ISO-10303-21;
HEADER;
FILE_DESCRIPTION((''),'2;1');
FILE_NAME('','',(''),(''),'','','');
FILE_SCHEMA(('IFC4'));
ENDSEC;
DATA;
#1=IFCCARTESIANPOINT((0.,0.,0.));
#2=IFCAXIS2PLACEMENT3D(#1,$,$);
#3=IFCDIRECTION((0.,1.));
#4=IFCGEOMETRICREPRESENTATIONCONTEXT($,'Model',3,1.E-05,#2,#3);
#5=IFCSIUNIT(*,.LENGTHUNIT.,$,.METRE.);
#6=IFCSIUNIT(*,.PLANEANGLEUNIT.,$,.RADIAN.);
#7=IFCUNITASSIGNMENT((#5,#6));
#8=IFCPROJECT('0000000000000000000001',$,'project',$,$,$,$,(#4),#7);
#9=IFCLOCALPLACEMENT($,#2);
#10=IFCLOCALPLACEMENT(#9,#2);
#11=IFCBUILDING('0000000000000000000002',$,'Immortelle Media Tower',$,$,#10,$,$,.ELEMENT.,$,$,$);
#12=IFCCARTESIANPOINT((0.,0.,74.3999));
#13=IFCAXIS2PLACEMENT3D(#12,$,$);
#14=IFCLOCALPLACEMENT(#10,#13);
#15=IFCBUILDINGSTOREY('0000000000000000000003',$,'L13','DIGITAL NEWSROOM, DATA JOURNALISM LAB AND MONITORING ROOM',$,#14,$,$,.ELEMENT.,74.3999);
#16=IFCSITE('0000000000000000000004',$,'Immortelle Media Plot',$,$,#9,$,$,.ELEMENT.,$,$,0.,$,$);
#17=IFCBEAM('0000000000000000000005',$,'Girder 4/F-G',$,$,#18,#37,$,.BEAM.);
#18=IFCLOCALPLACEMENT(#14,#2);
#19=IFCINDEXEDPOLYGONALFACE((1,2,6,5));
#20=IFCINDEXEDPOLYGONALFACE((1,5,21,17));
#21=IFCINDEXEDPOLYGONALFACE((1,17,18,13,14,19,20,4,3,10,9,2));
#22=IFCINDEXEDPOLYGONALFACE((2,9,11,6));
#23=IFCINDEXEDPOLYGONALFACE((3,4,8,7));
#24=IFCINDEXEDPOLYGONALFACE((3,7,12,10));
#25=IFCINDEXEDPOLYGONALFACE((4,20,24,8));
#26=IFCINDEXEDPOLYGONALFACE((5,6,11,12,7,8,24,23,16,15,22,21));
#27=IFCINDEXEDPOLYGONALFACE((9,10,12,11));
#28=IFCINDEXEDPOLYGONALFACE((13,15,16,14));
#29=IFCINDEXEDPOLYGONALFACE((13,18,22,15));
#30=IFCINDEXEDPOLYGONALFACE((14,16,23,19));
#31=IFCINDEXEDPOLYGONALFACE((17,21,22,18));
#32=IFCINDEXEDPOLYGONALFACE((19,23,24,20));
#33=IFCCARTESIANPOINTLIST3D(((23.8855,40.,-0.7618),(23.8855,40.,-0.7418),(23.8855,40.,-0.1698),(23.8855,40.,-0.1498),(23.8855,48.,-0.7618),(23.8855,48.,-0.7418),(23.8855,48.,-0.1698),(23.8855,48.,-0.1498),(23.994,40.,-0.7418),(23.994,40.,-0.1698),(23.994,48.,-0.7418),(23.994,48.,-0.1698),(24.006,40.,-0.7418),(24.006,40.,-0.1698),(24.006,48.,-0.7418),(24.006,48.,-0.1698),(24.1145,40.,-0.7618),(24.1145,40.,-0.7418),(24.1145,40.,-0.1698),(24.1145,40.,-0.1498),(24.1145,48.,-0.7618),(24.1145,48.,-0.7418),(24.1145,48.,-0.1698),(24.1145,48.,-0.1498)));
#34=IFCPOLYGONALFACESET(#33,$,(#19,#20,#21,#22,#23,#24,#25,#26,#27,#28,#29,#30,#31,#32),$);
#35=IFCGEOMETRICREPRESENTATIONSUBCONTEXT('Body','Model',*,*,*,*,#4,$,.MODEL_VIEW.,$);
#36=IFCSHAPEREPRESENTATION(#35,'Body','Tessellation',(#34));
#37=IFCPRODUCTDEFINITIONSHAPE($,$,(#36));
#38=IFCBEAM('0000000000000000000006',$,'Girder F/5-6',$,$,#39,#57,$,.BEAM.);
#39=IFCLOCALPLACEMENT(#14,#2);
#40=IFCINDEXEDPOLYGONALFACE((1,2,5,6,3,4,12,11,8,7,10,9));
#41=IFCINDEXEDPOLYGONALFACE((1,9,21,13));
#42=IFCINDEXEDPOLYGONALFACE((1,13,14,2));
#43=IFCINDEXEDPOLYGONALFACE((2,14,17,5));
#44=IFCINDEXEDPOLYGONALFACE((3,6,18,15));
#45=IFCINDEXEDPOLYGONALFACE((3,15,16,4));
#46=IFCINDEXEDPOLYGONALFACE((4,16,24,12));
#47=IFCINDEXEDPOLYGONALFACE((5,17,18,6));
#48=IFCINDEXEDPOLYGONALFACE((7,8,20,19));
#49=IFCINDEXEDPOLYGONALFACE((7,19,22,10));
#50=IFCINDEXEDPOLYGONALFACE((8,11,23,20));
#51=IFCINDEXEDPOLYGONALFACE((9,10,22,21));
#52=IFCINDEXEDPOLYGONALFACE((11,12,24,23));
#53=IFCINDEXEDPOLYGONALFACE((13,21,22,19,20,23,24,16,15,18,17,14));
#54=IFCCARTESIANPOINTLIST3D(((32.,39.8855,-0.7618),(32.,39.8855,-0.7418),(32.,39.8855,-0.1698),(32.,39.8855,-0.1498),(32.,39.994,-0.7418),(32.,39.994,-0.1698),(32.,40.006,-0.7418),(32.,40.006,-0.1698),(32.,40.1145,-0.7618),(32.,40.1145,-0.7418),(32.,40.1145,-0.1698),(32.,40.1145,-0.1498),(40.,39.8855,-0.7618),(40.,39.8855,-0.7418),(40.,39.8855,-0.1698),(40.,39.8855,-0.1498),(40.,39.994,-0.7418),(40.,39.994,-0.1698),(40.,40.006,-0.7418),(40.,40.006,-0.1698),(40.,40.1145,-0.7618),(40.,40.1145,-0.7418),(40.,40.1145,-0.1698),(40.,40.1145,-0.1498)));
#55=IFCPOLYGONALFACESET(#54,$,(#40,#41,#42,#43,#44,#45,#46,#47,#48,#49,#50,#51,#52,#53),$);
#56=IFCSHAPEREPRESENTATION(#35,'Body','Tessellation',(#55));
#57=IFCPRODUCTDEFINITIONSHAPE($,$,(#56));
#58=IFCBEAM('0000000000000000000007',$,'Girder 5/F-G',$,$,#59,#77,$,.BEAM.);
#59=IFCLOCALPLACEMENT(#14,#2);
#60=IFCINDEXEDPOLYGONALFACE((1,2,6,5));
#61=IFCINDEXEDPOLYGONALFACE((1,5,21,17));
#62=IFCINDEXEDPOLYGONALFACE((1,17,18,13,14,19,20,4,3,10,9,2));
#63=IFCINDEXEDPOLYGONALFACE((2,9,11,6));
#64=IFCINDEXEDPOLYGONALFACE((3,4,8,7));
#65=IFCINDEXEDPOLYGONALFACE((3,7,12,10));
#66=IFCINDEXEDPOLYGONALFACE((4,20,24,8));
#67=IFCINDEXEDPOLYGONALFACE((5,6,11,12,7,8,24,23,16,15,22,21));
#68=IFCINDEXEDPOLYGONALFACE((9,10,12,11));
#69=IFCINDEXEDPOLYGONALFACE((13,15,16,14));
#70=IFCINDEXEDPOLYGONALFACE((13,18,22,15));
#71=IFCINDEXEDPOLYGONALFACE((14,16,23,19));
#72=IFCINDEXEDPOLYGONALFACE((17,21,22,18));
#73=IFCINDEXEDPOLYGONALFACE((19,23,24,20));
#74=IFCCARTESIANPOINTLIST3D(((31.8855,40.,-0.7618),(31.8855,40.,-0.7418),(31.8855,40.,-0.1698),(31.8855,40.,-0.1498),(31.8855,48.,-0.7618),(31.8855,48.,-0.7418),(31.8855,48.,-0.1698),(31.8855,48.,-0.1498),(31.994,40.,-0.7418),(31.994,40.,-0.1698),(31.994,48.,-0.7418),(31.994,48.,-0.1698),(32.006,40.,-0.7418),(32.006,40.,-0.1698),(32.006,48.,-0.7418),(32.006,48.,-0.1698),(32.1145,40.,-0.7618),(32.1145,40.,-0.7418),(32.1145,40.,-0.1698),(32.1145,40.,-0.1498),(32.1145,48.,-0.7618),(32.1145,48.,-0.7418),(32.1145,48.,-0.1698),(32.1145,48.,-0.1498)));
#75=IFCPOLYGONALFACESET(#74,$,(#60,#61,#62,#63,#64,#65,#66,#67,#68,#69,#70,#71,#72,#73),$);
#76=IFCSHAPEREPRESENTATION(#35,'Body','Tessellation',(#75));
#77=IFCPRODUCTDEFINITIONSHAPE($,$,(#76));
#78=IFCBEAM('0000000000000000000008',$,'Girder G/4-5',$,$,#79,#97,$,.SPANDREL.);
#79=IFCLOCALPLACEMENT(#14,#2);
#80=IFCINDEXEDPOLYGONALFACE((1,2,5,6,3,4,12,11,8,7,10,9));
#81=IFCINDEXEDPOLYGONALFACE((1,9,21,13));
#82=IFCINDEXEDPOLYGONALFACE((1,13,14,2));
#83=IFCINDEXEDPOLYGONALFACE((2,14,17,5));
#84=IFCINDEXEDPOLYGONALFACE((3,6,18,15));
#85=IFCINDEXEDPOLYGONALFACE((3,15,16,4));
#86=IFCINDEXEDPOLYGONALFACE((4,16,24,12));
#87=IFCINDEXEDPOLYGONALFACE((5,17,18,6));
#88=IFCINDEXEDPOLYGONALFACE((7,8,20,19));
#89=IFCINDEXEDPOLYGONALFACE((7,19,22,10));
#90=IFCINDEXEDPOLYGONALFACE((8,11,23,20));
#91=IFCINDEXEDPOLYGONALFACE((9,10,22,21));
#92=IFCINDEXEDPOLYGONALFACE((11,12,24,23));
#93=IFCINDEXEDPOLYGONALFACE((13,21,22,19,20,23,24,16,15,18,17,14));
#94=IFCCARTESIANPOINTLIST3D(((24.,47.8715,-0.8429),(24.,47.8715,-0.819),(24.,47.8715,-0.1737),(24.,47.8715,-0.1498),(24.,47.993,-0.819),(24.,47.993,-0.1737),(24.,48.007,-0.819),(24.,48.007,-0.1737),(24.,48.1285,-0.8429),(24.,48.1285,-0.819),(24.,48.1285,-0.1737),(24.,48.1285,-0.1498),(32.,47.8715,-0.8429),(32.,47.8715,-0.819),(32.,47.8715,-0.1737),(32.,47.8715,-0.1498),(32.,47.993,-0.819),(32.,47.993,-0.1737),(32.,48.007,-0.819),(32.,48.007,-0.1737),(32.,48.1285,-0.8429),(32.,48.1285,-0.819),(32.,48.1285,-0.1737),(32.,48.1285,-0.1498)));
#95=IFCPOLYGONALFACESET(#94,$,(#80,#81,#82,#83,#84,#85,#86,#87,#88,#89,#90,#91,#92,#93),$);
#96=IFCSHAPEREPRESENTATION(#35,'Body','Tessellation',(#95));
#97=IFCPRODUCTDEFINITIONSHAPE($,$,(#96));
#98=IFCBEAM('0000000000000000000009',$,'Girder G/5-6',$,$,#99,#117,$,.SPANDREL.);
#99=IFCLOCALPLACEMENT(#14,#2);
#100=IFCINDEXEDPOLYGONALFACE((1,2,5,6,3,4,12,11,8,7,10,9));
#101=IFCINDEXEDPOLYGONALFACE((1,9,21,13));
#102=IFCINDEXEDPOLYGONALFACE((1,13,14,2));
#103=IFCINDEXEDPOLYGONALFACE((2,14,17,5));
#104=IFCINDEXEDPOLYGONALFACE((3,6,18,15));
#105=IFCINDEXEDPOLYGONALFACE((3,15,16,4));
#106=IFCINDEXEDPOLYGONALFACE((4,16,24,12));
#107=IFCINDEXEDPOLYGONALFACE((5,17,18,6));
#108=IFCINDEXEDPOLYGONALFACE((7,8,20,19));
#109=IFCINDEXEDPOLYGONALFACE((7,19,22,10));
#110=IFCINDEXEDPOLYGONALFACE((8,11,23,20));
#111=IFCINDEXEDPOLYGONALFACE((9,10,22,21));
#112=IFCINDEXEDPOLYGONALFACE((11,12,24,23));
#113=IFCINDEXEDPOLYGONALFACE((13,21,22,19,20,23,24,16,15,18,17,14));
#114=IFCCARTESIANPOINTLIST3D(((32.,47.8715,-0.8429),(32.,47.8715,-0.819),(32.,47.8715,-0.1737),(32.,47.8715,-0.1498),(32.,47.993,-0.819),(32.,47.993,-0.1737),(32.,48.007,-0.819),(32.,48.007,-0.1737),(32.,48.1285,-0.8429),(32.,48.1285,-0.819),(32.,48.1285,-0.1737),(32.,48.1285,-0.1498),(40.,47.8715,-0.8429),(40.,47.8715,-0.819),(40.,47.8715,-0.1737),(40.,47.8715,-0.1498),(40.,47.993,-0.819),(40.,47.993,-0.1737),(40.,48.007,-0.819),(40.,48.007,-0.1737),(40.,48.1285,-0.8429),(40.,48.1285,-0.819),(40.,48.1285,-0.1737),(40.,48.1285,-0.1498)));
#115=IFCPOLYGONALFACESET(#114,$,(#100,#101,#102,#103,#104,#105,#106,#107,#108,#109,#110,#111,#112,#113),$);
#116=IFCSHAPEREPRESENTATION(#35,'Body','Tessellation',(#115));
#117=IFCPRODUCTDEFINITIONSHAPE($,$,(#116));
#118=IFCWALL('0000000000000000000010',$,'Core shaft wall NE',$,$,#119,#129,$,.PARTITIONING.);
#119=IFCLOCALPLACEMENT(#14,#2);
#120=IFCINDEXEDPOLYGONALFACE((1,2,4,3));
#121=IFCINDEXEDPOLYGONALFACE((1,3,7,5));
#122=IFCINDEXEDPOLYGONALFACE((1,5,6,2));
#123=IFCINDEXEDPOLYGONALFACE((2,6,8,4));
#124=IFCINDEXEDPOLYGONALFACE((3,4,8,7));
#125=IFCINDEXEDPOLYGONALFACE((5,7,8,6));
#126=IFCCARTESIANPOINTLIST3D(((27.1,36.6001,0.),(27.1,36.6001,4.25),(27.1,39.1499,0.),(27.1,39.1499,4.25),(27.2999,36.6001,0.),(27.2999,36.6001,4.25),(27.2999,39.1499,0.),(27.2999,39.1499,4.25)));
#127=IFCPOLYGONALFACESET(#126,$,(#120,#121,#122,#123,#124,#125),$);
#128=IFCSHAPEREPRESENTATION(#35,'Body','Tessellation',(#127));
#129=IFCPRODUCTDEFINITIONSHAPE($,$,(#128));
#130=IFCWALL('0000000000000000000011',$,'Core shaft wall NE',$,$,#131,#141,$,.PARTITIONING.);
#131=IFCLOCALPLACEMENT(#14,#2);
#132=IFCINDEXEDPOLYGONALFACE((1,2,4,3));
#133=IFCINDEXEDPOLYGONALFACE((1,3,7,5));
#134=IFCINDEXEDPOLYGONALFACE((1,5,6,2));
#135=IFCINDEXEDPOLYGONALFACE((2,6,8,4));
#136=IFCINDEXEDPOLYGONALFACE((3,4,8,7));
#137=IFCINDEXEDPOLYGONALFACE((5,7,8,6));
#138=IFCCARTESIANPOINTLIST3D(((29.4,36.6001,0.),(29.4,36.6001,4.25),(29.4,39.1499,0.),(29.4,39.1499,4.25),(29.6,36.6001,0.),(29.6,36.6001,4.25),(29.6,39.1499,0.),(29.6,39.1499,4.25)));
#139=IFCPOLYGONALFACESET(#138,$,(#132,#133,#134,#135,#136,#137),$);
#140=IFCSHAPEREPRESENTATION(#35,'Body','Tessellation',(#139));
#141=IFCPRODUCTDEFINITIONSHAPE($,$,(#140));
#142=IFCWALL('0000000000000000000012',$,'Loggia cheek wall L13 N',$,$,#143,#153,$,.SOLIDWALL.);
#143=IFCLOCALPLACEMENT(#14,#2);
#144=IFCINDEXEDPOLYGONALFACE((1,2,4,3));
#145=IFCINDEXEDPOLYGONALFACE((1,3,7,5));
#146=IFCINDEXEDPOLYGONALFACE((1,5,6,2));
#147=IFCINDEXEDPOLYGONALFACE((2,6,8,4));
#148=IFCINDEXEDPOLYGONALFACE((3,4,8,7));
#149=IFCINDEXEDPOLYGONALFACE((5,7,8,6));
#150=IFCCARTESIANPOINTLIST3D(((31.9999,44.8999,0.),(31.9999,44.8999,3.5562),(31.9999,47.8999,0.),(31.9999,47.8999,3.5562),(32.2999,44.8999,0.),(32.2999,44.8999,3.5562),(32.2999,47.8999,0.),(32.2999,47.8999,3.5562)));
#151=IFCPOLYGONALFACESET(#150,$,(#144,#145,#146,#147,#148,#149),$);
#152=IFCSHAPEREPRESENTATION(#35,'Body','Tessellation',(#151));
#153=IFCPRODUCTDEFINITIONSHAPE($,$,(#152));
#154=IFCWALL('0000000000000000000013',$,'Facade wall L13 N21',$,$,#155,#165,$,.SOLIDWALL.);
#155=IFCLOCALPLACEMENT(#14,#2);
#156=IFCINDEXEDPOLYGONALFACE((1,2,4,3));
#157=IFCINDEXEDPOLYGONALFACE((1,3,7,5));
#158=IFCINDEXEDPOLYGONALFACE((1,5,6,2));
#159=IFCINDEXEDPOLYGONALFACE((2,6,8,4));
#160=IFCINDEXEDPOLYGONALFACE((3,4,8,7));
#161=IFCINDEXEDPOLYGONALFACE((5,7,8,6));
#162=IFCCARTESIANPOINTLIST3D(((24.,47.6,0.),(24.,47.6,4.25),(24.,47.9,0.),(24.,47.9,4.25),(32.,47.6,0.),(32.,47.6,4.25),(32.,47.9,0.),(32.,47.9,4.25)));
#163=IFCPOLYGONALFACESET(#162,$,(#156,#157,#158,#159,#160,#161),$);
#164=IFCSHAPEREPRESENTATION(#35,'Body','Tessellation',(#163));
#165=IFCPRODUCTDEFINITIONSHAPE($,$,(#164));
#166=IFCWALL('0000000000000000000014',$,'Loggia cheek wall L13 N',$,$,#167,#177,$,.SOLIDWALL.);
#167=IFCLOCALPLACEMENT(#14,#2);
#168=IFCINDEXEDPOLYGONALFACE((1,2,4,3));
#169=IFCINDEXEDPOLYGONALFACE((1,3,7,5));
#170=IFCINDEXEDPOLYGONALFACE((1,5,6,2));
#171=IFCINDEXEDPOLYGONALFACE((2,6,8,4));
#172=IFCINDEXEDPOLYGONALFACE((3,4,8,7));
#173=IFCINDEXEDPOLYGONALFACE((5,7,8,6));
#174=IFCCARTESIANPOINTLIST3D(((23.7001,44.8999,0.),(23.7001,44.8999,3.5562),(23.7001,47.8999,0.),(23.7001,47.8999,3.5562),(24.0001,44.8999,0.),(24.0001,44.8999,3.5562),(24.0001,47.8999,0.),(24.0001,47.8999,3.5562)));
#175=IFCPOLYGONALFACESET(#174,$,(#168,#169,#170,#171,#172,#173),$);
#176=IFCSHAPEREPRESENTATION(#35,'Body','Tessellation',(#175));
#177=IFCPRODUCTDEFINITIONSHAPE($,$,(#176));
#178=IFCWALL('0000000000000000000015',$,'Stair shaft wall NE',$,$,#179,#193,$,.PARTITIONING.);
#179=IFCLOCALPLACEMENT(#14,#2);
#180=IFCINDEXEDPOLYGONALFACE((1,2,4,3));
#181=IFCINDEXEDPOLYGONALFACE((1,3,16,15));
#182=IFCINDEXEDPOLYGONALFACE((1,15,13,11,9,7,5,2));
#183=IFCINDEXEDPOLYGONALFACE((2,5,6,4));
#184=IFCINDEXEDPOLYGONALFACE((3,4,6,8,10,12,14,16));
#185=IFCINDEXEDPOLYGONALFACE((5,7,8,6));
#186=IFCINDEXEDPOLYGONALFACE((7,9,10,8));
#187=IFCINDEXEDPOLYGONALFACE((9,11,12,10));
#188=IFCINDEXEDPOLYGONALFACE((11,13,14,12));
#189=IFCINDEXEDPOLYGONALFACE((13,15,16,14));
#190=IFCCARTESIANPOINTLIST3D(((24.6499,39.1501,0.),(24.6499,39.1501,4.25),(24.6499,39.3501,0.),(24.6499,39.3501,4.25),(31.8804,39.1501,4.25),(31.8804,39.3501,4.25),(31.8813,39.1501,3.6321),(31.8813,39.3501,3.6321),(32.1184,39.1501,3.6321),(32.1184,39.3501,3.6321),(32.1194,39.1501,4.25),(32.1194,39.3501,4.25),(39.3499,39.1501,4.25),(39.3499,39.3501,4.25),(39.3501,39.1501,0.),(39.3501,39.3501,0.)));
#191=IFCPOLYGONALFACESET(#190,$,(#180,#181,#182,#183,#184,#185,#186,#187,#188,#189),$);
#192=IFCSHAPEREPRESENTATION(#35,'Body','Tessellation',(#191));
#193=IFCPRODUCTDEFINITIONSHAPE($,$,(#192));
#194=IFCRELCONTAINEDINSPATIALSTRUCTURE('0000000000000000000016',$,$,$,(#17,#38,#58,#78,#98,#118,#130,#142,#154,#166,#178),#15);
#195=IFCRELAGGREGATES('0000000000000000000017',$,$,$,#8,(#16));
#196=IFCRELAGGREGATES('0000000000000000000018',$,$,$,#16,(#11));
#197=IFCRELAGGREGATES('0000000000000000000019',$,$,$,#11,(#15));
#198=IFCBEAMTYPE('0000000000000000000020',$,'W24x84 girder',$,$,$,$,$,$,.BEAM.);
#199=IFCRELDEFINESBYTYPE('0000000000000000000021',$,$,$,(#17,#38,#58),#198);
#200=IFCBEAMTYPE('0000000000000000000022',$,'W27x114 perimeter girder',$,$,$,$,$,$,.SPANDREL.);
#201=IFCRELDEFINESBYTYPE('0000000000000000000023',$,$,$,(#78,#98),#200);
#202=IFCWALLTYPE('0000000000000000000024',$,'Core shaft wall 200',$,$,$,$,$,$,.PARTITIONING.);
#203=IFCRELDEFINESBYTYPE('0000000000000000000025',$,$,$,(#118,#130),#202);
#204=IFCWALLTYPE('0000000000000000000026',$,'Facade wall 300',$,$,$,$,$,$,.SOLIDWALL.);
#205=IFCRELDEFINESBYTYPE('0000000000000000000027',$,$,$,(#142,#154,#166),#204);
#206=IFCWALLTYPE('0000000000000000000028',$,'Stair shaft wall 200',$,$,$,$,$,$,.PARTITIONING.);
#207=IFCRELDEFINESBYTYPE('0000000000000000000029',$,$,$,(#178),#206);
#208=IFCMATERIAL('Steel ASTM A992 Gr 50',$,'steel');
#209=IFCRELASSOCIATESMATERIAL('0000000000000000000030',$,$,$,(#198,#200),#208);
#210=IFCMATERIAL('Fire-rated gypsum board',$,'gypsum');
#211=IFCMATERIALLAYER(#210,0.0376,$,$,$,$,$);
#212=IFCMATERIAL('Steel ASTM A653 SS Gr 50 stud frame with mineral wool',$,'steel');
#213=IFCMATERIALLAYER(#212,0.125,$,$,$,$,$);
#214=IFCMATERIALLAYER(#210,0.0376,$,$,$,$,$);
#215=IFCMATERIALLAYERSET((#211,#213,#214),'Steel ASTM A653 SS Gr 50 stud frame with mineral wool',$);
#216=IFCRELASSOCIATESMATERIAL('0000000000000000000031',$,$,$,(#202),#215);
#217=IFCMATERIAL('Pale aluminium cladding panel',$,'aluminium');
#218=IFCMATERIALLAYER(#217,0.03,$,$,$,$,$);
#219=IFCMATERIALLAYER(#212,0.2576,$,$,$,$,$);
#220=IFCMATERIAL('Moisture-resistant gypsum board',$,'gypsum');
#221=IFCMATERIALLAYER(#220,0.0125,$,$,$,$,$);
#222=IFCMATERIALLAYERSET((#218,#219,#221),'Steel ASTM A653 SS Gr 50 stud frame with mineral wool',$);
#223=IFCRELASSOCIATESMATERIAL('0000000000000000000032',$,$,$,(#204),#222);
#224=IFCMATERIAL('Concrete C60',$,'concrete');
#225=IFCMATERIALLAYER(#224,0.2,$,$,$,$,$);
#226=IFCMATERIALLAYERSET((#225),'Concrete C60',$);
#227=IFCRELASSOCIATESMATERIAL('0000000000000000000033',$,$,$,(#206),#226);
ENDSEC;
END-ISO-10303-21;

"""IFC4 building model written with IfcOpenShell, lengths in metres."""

from ifc_helpers import new_model, si_unit, direction, frame, frame_2d, origin, origin_2d, place, context, subcontext, project, spatial, polyline, rectangle, i_section, outline, extrude, material, layer, layer_set, material_profile, profile_set, type_object, element, save


model = new_model("IFC4")

# Units and contexts
model_context = context("Model", 3, precision=1e-05, world=origin(), true_north=direction((0.0, 1.0)))
body_context = subcontext(model_context, "Body", "Model", "MODEL_VIEW")
ifc_project = project(units=[si_unit("LENGTHUNIT", "METRE"), si_unit("PLANEANGLEUNIT", "RADIAN")], contexts=[model_context])

# Site, building, storey
site_placement = place(None, origin())
site = spatial("IfcSite", under=ifc_project, at=site_placement, Name="Immortelle Media Plot", CompositionType="ELEMENT", RefElevation=0.0)
building_placement = place(site_placement, origin())
building = spatial("IfcBuilding", under=site, at=building_placement, Name="Immortelle Media Tower", CompositionType="ELEMENT")
storey_placement = place(building_placement, frame((0.0, 0.0, 74.3999)))
storey = spatial("IfcBuildingStorey", under=building, at=storey_placement, Name="L13", Description="DIGITAL NEWSROOM, DATA JOURNALISM LAB AND MONITORING ROOM", CompositionType="ELEMENT", Elevation=74.3999)

# Shared definitions
ifc_material_1 = material(Name="Steel ASTM A992 Gr 50", Category="steel")

# Beams
ifc_material_profile_1 = material_profile(ifc_material_1, i_section(OverallWidth=0.229, OverallDepth=0.6121, WebThickness=0.012, FlangeThickness=0.02, at=origin_2d()), Name="W24x84")
ifc_profile_set_1 = profile_set([ifc_material_profile_1], Name="Steel ASTM A992 Gr 50")
beam_type_1 = type_object("IfcBeamType", Name="W24x84 girder", PredefinedType="BEAM", material=ifc_profile_set_1)
for number, where, z_axis, x_axis, name in (
    (1, (24.0, 40.0, -0.4558), (0.0, 1.0, 0.0), (-1.0, 0.0, 0.0), "Girder 4/F-G"),
    (2, (32.0, 40.0, -0.4558), (1.0, 0.0, 0.0), (0.0, 1.0, 0.0), "Girder F/5-6"),
    (3, (32.0, 40.0, -0.4558), (0.0, 1.0, 0.0), (-1.0, 0.0, 0.0), "Girder 5/F-G"),
):
    element("IfcBeam", number, at=place(storey_placement, frame(where, z_axis=z_axis, x_axis=x_axis)), inside=storey, type_object=beam_type_1, Name=name, PredefinedType="BEAM", context=body_context, shape_type="SweptSolid", body=[
        extrude(i_section(OverallWidth=0.229, OverallDepth=0.6121, WebThickness=0.012, FlangeThickness=0.02, at=origin_2d()), origin(), (0.0, 0.0, 1.0), 8.0),
    ])
ifc_material_profile_2 = material_profile(ifc_material_1, i_section(OverallWidth=0.2571, OverallDepth=0.6931, WebThickness=0.0139, FlangeThickness=0.0239, at=origin_2d()), Name="W27x114")
ifc_profile_set_2 = profile_set([ifc_material_profile_2], Name="Steel ASTM A992 Gr 50")
beam_type_2 = type_object("IfcBeamType", Name="W27x114 perimeter girder", PredefinedType="SPANDREL", material=ifc_profile_set_2)
for number, where, z_axis, x_axis, name in (
    (4, (24.0, 48.0, -0.4963), (1.0, 0.0, 0.0), (0.0, 1.0, 0.0), "Girder G/4-5"),
    (5, (32.0, 48.0, -0.4963), (1.0, 0.0, 0.0), (0.0, 1.0, 0.0), "Girder G/5-6"),
):
    element("IfcBeam", number, at=place(storey_placement, frame(where, z_axis=z_axis, x_axis=x_axis)), inside=storey, type_object=beam_type_2, Name=name, PredefinedType="SPANDREL", context=body_context, shape_type="SweptSolid", body=[
        extrude(i_section(OverallWidth=0.2571, OverallDepth=0.6931, WebThickness=0.0139, FlangeThickness=0.0239, at=origin_2d()), origin(), (0.0, 0.0, 1.0), 8.0),
    ])

# Walls
ifc_material_2 = material(Name="Fire-rated gypsum board", Category="gypsum")
ifc_layer_1 = layer(ifc_material_2, 0.0376)
ifc_material_3 = material(Name="Steel ASTM A653 SS Gr 50 stud frame with mineral wool", Category="steel")
ifc_layer_2 = layer(ifc_material_3, 0.125)
ifc_layer_3 = layer(ifc_material_2, 0.0376)
ifc_layer_set_1 = layer_set([ifc_layer_1, ifc_layer_2, ifc_layer_3], Name="Steel ASTM A653 SS Gr 50 stud frame with mineral wool")
wall_type_1 = type_object("IfcWallType", Name="Core shaft wall 200", PredefinedType="PARTITIONING", material=ifc_layer_set_1)
for number, where, z_axis, x_axis, name in (
    (6, (27.2, 36.6001, 0.0), (0.0, 0.0, 1.0), (0.0, 1.0, 0.0), "Core shaft wall NE"),
    (7, (29.5, 36.6001, 0.0), (0.0, 0.0, 1.0), (0.0, 1.0, 0.0), "Core shaft wall NE"),
):
    element("IfcWall", number, at=place(storey_placement, frame(where, z_axis=z_axis, x_axis=x_axis)), inside=storey, type_object=wall_type_1, Name=name, PredefinedType="PARTITIONING", context=body_context, shape_type="SweptSolid", body=[
        extrude(rectangle(XDim=2.5498, YDim=0.2, at=frame_2d((1.2749, 0.0))), origin(), (0.0, 0.0, 1.0), 4.25),
    ])
ifc_material_4 = material(Name="Pale aluminium cladding panel", Category="aluminium")
ifc_layer_4 = layer(ifc_material_4, 0.03)
ifc_layer_5 = layer(ifc_material_3, 0.2576)
ifc_material_5 = material(Name="Moisture-resistant gypsum board", Category="gypsum")
ifc_layer_6 = layer(ifc_material_5, 0.0125)
ifc_layer_set_2 = layer_set([ifc_layer_4, ifc_layer_5, ifc_layer_6], Name="Steel ASTM A653 SS Gr 50 stud frame with mineral wool")
wall_type_2 = type_object("IfcWallType", Name="Facade wall 300", PredefinedType="SOLIDWALL", material=ifc_layer_set_2)
wall_1_placement = place(storey_placement, frame((32.1499, 47.8999, 0.0), z_axis=(0.0, 0.0, 1.0), x_axis=(0.0, -1.0, 0.0)))
element("IfcWall", 8, at=wall_1_placement, inside=storey, type_object=wall_type_2, Name="Loggia cheek wall L13 N", PredefinedType="SOLIDWALL", context=body_context, shape_type="SweptSolid", body=[
    extrude(rectangle(XDim=3.0, YDim=0.3, at=frame_2d((1.5, 0.0))), origin(), (0.0, 0.0, 1.0), 3.5562),
])
wall_2_placement = place(storey_placement, frame((32.0, 47.75, 0.0), z_axis=(0.0, 0.0, 1.0), x_axis=(-1.0, 0.0, 0.0)))
element("IfcWall", 9, at=wall_2_placement, inside=storey, type_object=wall_type_2, Name="Facade wall L13 N21", PredefinedType="SOLIDWALL", context=body_context, shape_type="SweptSolid", body=[
    extrude(rectangle(XDim=8.0, YDim=0.3, at=frame_2d((4.0, 0.0))), origin(), (0.0, 0.0, 1.0), 4.25),
])

# Walls
wall_3_placement = place(storey_placement, frame((23.8501, 47.8999, 0.0), z_axis=(0.0, 0.0, 1.0), x_axis=(0.0, -1.0, 0.0)))
element("IfcWall", 10, at=wall_3_placement, inside=storey, type_object=wall_type_2, Name="Loggia cheek wall L13 N", PredefinedType="SOLIDWALL", context=body_context, shape_type="SweptSolid", body=[
    extrude(rectangle(XDim=3.0, YDim=0.3, at=frame_2d((1.5, 0.0))), origin(), (0.0, 0.0, 1.0), 3.5562),
])
ifc_material_6 = material(Name="Concrete C60", Category="concrete")
ifc_layer_7 = layer(ifc_material_6, 0.2)
ifc_layer_set_3 = layer_set([ifc_layer_7], Name="Concrete C60")
wall_type_3 = type_object("IfcWallType", Name="Stair shaft wall 200", PredefinedType="PARTITIONING", material=ifc_layer_set_3)
wall_4_placement = place(storey_placement, frame((24.6499, 39.25, 0.0), z_axis=(0.0, 0.0, 1.0), x_axis=(1.0, 0.0, 0.0)))
element("IfcWall", 11, at=wall_4_placement, inside=storey, type_object=wall_type_3, Name="Stair shaft wall NE", PredefinedType="PARTITIONING", context=body_context, shape_type="SweptSolid", body=[
    extrude(outline(polyline([(0.0, 0.0), (14.7002, 0.0), (14.7, 4.25), (7.4695, 4.25), (7.4685, 3.6321), (7.2314, 3.6321), (7.2305, 4.25), (0.0, 4.25), (0.0, 0.0)])), frame((0.0, 0.1001, 0.0), z_axis=(0.0, -1.0, 0.0), x_axis=(1.0, 0.0, 0.0)), (0.0, 0.0, 1.0), 0.2),
])

save(model, "model.ifc")
